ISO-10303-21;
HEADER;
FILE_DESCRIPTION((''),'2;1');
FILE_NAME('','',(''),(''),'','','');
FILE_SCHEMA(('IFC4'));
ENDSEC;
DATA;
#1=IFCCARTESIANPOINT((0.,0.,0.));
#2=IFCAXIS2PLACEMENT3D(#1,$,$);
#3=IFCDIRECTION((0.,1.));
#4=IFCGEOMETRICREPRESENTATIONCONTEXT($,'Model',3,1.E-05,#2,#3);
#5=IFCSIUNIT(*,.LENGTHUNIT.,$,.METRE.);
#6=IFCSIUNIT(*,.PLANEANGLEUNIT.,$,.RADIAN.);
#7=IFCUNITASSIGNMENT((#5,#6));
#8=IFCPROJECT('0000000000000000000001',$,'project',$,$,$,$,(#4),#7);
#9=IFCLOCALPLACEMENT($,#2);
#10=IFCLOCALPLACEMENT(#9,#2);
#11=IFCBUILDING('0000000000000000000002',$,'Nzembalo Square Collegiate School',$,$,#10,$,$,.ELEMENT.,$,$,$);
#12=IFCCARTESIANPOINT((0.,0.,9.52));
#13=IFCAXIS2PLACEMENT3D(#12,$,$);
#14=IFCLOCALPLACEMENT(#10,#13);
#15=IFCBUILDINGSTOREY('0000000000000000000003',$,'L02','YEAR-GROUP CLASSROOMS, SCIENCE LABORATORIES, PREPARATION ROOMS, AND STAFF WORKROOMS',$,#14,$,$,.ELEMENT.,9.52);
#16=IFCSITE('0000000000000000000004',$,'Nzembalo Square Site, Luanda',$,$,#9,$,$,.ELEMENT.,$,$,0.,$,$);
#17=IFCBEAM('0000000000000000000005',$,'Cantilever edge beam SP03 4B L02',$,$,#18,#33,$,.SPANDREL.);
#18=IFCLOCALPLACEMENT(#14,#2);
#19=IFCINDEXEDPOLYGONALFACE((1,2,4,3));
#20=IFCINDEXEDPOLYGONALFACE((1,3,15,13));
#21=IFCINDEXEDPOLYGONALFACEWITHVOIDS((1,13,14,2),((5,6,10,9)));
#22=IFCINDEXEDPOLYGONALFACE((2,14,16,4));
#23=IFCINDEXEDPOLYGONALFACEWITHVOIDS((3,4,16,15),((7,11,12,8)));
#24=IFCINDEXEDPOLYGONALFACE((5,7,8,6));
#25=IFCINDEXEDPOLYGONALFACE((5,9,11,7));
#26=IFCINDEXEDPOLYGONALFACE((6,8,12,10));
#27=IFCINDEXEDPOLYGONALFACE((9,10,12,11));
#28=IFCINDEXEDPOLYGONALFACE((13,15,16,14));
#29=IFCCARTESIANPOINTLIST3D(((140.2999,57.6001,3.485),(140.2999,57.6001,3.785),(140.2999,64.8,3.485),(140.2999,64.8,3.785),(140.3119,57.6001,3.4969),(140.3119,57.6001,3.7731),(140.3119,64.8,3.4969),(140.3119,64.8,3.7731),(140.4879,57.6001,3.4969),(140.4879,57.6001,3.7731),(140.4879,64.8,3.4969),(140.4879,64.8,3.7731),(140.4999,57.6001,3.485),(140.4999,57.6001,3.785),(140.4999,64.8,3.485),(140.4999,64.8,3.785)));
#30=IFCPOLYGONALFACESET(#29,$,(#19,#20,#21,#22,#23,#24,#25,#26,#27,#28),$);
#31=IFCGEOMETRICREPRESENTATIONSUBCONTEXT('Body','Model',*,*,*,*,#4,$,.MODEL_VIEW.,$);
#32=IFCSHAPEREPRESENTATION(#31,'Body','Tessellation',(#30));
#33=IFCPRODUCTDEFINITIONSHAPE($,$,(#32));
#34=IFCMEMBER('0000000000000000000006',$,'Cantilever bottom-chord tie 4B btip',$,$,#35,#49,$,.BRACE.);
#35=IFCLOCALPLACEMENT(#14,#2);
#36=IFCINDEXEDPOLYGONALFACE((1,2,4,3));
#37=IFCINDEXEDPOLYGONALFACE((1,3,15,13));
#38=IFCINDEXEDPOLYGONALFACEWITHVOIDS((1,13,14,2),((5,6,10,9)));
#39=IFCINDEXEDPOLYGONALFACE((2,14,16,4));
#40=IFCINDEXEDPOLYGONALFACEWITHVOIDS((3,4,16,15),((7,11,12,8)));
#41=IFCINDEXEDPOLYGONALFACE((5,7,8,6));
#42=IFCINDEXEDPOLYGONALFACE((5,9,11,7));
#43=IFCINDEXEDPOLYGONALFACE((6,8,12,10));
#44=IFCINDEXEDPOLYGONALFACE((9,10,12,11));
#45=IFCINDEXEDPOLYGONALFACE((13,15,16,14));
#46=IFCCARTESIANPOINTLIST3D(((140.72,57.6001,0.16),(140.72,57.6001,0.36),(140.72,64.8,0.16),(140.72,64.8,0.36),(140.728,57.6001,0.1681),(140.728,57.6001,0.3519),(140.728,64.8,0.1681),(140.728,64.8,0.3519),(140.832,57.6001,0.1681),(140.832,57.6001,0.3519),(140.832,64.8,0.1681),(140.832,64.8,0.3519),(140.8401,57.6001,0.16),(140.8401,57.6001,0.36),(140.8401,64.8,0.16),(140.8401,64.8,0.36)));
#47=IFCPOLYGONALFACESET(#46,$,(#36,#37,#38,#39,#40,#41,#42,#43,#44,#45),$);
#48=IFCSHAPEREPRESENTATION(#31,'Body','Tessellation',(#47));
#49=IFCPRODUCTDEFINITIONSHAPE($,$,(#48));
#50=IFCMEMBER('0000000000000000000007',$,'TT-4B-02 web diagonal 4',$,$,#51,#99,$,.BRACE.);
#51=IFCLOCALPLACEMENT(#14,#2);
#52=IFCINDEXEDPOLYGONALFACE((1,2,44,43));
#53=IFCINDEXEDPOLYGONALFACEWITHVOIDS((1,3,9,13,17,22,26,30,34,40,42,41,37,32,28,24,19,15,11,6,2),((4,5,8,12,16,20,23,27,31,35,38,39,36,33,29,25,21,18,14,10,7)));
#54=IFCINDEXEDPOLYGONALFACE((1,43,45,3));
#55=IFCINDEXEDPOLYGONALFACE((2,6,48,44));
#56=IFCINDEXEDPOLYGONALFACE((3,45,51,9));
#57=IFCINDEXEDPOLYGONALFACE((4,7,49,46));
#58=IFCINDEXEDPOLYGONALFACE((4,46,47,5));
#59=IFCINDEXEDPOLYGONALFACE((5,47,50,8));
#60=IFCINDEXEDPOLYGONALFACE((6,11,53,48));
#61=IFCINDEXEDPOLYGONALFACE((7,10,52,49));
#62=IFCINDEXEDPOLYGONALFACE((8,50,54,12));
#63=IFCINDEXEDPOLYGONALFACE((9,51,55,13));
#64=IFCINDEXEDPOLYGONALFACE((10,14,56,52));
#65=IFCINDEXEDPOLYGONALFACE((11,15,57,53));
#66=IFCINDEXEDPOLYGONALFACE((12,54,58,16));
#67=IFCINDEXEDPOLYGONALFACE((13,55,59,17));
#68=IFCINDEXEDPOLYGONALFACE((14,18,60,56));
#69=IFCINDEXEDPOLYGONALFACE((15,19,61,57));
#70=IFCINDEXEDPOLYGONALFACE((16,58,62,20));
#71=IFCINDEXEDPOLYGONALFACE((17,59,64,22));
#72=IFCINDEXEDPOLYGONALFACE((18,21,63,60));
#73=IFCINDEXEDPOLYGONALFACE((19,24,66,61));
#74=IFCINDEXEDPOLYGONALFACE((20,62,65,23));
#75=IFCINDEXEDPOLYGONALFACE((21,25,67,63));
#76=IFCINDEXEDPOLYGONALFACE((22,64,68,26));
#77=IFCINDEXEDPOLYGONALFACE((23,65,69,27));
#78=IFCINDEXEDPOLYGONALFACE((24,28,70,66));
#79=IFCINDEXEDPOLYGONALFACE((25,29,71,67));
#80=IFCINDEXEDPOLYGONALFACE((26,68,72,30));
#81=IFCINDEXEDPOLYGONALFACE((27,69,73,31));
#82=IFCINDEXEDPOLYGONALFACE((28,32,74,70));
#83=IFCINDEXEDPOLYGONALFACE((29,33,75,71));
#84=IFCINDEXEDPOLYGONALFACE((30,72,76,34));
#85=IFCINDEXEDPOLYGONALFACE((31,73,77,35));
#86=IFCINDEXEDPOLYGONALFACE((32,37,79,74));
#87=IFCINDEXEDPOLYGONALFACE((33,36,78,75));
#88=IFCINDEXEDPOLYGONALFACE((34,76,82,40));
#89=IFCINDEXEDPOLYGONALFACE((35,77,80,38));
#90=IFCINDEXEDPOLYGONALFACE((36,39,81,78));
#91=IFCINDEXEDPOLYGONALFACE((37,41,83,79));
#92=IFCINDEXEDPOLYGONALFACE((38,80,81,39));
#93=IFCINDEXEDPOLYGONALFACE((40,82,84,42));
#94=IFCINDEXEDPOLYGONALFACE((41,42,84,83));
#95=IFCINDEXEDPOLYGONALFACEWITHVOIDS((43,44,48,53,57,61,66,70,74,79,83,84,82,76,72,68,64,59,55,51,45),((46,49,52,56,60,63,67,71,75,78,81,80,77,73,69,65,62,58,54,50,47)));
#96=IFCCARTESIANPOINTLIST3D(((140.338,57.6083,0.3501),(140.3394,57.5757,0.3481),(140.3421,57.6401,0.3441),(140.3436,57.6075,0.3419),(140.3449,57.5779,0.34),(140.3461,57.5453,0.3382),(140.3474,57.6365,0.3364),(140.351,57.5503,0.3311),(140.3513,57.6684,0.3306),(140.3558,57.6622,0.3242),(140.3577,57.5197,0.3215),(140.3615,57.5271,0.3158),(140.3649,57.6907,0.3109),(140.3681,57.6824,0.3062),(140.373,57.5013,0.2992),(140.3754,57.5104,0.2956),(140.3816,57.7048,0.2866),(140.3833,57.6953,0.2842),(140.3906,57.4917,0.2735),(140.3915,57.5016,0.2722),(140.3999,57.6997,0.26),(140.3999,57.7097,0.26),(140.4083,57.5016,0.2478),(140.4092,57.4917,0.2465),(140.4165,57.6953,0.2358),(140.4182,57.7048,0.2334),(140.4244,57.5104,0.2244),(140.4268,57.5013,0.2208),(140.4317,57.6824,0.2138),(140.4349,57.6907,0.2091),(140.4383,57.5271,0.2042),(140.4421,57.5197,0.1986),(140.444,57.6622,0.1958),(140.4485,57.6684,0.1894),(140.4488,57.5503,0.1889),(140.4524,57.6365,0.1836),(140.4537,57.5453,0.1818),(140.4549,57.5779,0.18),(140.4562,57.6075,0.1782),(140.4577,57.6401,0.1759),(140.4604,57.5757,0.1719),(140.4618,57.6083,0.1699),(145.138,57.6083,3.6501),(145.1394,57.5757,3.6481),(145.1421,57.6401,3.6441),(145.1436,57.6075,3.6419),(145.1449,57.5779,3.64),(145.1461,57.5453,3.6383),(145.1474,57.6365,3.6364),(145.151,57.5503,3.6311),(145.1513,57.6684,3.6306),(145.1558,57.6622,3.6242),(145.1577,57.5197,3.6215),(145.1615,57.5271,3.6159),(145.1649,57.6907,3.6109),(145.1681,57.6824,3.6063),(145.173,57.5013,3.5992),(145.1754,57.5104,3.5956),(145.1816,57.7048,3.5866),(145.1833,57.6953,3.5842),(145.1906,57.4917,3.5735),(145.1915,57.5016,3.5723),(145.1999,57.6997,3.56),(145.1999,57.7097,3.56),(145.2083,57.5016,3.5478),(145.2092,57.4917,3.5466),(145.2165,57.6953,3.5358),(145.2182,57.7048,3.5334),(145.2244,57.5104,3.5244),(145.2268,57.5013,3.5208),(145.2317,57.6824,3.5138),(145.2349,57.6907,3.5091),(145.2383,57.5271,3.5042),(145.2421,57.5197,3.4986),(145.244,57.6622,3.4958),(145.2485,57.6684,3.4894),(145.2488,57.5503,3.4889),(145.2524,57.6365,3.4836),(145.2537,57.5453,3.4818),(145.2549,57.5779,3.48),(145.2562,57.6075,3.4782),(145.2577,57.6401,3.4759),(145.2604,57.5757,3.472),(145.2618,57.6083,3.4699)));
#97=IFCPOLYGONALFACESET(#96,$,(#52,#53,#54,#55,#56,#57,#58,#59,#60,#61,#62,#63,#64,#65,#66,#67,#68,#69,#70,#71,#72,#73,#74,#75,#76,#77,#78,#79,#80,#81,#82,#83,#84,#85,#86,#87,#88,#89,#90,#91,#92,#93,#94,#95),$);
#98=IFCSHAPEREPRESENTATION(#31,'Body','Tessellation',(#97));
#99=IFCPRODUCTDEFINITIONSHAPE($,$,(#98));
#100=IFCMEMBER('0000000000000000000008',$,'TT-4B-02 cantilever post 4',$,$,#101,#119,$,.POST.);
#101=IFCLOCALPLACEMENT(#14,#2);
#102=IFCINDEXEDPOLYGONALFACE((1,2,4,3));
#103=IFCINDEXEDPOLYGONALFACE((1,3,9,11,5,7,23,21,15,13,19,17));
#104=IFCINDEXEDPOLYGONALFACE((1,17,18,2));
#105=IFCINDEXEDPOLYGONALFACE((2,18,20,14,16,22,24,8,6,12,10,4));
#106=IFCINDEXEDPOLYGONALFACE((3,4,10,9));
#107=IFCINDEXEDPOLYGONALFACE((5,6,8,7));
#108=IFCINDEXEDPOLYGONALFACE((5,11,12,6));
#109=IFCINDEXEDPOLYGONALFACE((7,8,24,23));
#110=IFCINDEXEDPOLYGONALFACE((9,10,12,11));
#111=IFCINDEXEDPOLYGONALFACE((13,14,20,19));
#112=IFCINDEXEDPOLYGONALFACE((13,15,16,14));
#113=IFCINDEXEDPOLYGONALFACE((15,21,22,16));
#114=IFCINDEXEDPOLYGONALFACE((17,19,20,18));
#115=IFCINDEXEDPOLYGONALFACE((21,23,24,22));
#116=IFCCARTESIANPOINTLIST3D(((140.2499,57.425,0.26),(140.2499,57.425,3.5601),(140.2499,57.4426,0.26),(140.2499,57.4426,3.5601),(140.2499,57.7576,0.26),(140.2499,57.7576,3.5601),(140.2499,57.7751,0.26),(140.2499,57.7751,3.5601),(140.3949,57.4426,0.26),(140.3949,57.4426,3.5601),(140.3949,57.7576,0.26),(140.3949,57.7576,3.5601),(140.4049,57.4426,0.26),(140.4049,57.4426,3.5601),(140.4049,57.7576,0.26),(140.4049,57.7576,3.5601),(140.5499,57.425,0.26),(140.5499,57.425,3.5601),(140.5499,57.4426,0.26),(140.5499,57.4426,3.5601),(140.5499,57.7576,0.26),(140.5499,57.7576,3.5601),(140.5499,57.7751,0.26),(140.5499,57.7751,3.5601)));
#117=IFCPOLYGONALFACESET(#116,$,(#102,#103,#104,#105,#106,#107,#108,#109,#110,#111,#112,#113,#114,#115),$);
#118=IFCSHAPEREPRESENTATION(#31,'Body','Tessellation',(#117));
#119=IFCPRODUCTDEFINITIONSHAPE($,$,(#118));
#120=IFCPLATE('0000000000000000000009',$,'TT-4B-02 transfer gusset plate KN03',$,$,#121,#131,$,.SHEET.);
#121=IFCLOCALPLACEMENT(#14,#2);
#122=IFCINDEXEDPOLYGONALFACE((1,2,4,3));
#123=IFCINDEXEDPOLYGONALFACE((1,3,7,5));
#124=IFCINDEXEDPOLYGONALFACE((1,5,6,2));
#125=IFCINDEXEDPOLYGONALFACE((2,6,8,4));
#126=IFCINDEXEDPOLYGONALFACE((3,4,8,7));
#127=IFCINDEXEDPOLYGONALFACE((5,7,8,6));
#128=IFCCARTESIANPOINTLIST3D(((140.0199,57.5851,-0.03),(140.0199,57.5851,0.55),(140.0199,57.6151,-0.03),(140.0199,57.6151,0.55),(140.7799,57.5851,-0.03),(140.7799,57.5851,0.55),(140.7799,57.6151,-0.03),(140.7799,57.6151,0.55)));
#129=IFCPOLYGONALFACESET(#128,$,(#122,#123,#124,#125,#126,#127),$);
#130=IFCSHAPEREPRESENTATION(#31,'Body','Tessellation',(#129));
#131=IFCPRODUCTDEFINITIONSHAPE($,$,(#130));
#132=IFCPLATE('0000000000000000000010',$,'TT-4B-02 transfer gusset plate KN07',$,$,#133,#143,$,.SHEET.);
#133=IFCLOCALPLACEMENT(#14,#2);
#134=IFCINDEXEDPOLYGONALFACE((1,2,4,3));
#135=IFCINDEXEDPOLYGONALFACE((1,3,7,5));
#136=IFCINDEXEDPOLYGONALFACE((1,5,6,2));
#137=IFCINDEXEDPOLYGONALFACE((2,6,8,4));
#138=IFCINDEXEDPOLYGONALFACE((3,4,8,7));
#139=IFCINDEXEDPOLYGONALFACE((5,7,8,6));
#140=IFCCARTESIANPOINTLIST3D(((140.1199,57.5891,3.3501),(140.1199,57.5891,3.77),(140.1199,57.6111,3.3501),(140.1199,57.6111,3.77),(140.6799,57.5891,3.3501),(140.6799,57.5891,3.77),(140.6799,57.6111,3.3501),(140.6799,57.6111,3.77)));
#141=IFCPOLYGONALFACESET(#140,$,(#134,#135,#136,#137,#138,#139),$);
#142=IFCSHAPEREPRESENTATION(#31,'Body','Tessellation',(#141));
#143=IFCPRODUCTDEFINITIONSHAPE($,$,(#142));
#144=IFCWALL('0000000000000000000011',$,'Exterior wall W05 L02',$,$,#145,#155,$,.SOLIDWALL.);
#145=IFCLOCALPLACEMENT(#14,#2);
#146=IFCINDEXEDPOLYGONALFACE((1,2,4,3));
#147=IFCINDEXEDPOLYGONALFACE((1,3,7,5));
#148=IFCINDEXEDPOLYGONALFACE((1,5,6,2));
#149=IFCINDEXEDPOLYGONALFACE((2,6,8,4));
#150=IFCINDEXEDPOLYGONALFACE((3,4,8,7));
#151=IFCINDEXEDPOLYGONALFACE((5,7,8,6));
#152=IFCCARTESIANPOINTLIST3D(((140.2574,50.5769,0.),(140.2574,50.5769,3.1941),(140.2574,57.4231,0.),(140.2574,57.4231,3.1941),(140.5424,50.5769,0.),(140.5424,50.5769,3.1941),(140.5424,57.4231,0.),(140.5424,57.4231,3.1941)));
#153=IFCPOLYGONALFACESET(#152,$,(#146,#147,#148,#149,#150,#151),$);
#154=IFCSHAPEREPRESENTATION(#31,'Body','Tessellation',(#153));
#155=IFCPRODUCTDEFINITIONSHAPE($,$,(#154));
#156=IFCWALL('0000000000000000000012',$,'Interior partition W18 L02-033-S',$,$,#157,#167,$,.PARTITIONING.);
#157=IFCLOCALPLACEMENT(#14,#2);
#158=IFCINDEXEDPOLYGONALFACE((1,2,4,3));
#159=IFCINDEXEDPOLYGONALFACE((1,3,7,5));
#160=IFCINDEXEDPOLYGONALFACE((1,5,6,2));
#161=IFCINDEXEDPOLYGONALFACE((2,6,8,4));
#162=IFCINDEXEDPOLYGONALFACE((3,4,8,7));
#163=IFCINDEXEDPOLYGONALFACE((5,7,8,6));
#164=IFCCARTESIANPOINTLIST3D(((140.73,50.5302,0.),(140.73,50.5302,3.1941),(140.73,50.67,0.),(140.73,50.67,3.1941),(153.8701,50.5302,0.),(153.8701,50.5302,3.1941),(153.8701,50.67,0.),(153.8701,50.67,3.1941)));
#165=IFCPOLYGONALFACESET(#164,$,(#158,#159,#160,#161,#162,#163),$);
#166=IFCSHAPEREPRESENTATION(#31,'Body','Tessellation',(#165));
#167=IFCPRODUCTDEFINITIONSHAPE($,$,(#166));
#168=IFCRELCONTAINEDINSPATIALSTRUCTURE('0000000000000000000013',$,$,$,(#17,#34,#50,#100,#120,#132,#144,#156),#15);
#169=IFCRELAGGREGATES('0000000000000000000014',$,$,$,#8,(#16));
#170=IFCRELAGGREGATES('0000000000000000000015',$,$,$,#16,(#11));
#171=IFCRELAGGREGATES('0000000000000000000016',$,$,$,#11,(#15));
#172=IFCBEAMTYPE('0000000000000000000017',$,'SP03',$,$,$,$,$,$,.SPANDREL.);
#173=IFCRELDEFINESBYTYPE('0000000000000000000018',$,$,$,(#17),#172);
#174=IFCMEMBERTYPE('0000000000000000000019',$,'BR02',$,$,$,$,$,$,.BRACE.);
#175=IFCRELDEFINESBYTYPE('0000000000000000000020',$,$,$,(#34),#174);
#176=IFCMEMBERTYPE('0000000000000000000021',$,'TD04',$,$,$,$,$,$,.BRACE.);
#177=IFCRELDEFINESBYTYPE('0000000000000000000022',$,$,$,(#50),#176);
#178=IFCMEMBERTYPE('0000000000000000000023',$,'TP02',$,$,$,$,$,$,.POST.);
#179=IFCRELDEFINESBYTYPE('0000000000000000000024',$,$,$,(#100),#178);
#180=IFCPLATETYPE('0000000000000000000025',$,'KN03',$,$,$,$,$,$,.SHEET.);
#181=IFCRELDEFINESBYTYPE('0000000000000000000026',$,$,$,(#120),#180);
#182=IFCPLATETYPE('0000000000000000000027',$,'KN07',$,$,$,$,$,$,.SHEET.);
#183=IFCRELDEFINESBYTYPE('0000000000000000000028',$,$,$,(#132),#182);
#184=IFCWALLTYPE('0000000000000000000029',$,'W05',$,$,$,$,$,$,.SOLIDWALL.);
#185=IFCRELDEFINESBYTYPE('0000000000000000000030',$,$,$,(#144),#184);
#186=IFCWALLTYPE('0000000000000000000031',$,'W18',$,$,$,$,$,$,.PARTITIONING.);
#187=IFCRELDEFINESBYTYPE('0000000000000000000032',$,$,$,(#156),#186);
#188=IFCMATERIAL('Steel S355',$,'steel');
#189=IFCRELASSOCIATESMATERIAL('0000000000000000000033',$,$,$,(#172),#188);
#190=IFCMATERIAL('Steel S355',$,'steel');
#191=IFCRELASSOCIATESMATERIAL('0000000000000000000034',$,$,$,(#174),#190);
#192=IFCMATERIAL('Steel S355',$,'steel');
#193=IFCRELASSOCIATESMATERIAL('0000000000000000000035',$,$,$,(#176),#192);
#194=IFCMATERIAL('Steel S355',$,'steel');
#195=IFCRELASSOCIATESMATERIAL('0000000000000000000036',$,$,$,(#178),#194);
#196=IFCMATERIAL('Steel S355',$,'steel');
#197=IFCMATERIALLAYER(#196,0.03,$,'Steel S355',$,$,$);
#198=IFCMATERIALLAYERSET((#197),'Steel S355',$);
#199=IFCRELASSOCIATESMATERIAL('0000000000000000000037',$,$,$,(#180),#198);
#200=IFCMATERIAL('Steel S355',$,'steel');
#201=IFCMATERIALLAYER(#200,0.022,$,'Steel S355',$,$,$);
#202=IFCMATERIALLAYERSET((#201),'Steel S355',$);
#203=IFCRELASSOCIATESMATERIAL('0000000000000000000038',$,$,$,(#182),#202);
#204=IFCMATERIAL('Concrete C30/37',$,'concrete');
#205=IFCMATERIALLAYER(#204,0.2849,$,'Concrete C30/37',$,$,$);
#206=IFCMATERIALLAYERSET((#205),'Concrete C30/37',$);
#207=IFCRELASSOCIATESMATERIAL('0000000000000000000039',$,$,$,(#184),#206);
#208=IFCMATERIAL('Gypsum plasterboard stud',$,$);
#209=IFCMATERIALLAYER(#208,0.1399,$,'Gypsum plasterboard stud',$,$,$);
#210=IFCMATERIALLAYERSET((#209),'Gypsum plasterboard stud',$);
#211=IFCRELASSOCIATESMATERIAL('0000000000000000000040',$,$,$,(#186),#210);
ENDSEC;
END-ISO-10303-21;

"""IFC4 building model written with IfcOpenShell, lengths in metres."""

from ifc_helpers import new_model, si_unit, direction, frame, frame_2d, origin, origin_2d, place, context, subcontext, project, spatial, rectangle, hollow_rectangle, hollow_circle, i_section, extrude, material, layer, layer_set, material_profile, profile_set, type_object, element, save


model = new_model("IFC4")

# Units and contexts
model_context = context("Model", 3, precision=1e-05, world=origin(), true_north=direction((0.0, 1.0)))
body_context = subcontext(model_context, "Body", "Model", "MODEL_VIEW")
ifc_project = project(units=[si_unit("LENGTHUNIT", "METRE"), si_unit("PLANEANGLEUNIT", "RADIAN")], contexts=[model_context])

# Site, building, storey
site_placement = place(None, origin())
site = spatial("IfcSite", under=ifc_project, at=site_placement, Name="Nzembalo Square Site, Luanda", CompositionType="ELEMENT", RefElevation=0.0)
building_placement = place(site_placement, origin())
building = spatial("IfcBuilding", under=site, at=building_placement, Name="Nzembalo Square Collegiate School", CompositionType="ELEMENT")
storey_placement = place(building_placement, frame((0.0, 0.0, 9.52)))
storey = spatial("IfcBuildingStorey", under=building, at=storey_placement, Name="L02", Description="YEAR-GROUP CLASSROOMS, SCIENCE LABORATORIES, PREPARATION ROOMS, AND STAFF WORKROOMS", CompositionType="ELEMENT", Elevation=9.52)

# Beam
ifc_material_1 = material(Name="Steel S355", Category="steel")
ifc_material_profile_1 = material_profile(ifc_material_1, hollow_rectangle(XDim=0.2, YDim=0.3, WallThickness=0.012, at=origin_2d()), Name="RHS 300x200x12")
ifc_profile_set_1 = profile_set([ifc_material_profile_1], Name="Steel S355")
beam_type = type_object("IfcBeamType", Name="SP03", PredefinedType="SPANDREL", material=ifc_profile_set_1)
beam_placement = place(storey_placement, frame((140.3999, 57.6001, 3.635), z_axis=(0.0, 1.0, 0.0), x_axis=(-1.0, 0.0, 0.0)))
element("IfcBeam", 1, at=beam_placement, inside=storey, type_object=beam_type, Name="Cantilever edge beam SP03 4B L02", PredefinedType="SPANDREL", context=body_context, shape_type="SweptSolid", body=[
    extrude(hollow_rectangle(XDim=0.2, YDim=0.3, WallThickness=0.012, at=origin_2d()), origin(), (0.0, 0.0, 1.0), 7.2),
])

# Members
ifc_material_2 = material(Name="Steel S355", Category="steel")
ifc_material_profile_2 = material_profile(ifc_material_2, hollow_rectangle(XDim=0.1201, YDim=0.2, WallThickness=0.0081, at=origin_2d()), Name="RHS 200x120x8")
ifc_profile_set_2 = profile_set([ifc_material_profile_2], Name="Steel S355")
member_type_1 = type_object("IfcMemberType", Name="BR02", PredefinedType="BRACE", material=ifc_profile_set_2)
member_1_placement = place(storey_placement, frame((140.78, 57.6001, 0.26), z_axis=(0.0, 1.0, 0.0), x_axis=(-1.0, 0.0, 0.0)))
element("IfcMember", 2, at=member_1_placement, inside=storey, type_object=member_type_1, Name="Cantilever bottom-chord tie 4B btip", PredefinedType="BRACE", context=body_context, shape_type="SweptSolid", body=[
    extrude(hollow_rectangle(XDim=0.1201, YDim=0.2, WallThickness=0.0081, at=origin_2d()), origin(), (0.0, 0.0, 1.0), 7.2),
])
ifc_material_3 = material(Name="Steel S355", Category="steel")
ifc_material_profile_3 = material_profile(ifc_material_3, hollow_circle(Radius=0.1096, WallThickness=0.01, at=origin_2d()), Name="CHS 219x10")
ifc_profile_set_3 = profile_set([ifc_material_profile_3], Name="Steel S355")
member_type_2 = type_object("IfcMemberType", Name="TD04", PredefinedType="BRACE", material=ifc_profile_set_3)
member_2_placement = place(storey_placement, frame((140.3999, 57.6001, 0.26), z_axis=(0.824041, 0.0, 0.566531), x_axis=(0.0, 1.0, 0.0)))
element("IfcMember", 3, at=member_2_placement, inside=storey, type_object=member_type_2, Name="TT-4B-02 web diagonal 4", PredefinedType="BRACE", context=body_context, shape_type="SweptSolid", body=[
    extrude(hollow_circle(Radius=0.1096, WallThickness=0.01, at=origin_2d()), origin(), (0.0, 0.0, 1.0), 5.825),
])
ifc_material_4 = material(Name="Steel S355", Category="steel")
ifc_material_profile_4 = material_profile(ifc_material_4, i_section(OverallWidth=0.3, OverallDepth=0.3501, WebThickness=0.01, FlangeThickness=0.0176, at=origin_2d()), Name="HEA 360")
ifc_profile_set_4 = profile_set([ifc_material_profile_4], Name="Steel S355")
member_type_3 = type_object("IfcMemberType", Name="TP02", PredefinedType="POST", material=ifc_profile_set_4)
member_3_placement = place(storey_placement, frame((140.3999, 57.6001, 0.26), z_axis=(0.0, 0.0, 1.0), x_axis=(1.0, 0.0, 0.0)))
element("IfcMember", 4, at=member_3_placement, inside=storey, type_object=member_type_3, Name="TT-4B-02 cantilever post 4", PredefinedType="POST", context=body_context, shape_type="SweptSolid", body=[
    extrude(i_section(OverallWidth=0.3, OverallDepth=0.3501, WebThickness=0.01, FlangeThickness=0.0176, at=origin_2d()), origin(), (0.0, 0.0, 1.0), 3.3),
])

# Plates
ifc_material_5 = material(Name="Steel S355", Category="steel")
ifc_layer_1 = layer(ifc_material_5, 0.03, Name="Steel S355")
ifc_layer_set_1 = layer_set([ifc_layer_1], Name="Steel S355")
plate_type_1 = type_object("IfcPlateType", Name="KN03", PredefinedType="SHEET", material=ifc_layer_set_1)
plate_1_placement = place(storey_placement, frame((140.3999, 57.6001, -0.03), z_axis=(0.0, 0.0, 1.0), x_axis=(1.0, 0.0, 0.0)))
element("IfcPlate", 5, at=plate_1_placement, inside=storey, type_object=plate_type_1, Name="TT-4B-02 transfer gusset plate KN03", PredefinedType="SHEET", context=body_context, shape_type="SweptSolid", body=[
    extrude(rectangle(XDim=0.76, YDim=0.03, at=origin_2d()), origin(), (0.0, 0.0, 1.0), 0.5801),
])
ifc_material_6 = material(Name="Steel S355", Category="steel")
ifc_layer_2 = layer(ifc_material_6, 0.022, Name="Steel S355")
ifc_layer_set_2 = layer_set([ifc_layer_2], Name="Steel S355")
plate_type_2 = type_object("IfcPlateType", Name="KN07", PredefinedType="SHEET", material=ifc_layer_set_2)
plate_2_placement = place(storey_placement, frame((140.3999, 57.6001, 3.3501), z_axis=(0.0, 0.0, 1.0), x_axis=(1.0, 0.0, 0.0)))
element("IfcPlate", 6, at=plate_2_placement, inside=storey, type_object=plate_type_2, Name="TT-4B-02 transfer gusset plate KN07", PredefinedType="SHEET", context=body_context, shape_type="SweptSolid", body=[
    extrude(rectangle(XDim=0.5601, YDim=0.022, at=origin_2d()), origin(), (0.0, 0.0, 1.0), 0.4199),
])

# Walls
ifc_material_7 = material(Name="Concrete C30/37", Category="concrete")
ifc_layer_3 = layer(ifc_material_7, 0.2849, Name="Concrete C30/37")
ifc_layer_set_3 = layer_set([ifc_layer_3], Name="Concrete C30/37")
wall_type_1 = type_object("IfcWallType", Name="W05", PredefinedType="SOLIDWALL", material=ifc_layer_set_3)
wall_1_placement = place(storey_placement, frame((140.3999, 50.5769, 0.0), z_axis=(0.0, 0.0, 1.0), x_axis=(0.0, 1.0, 0.0)))
element("IfcWall", 7, at=wall_1_placement, inside=storey, type_object=wall_type_1, Name="Exterior wall W05 L02", PredefinedType="SOLIDWALL", context=body_context, shape_type="SweptSolid", body=[
    extrude(rectangle(XDim=6.8462, YDim=0.2849, at=frame_2d((3.4231, 0.0))), origin(), (0.0, 0.0, 1.0), 3.1941),
])
ifc_material_8 = material(Name="Gypsum plasterboard stud")
ifc_layer_4 = layer(ifc_material_8, 0.1399, Name="Gypsum plasterboard stud")
ifc_layer_set_4 = layer_set([ifc_layer_4], Name="Gypsum plasterboard stud")
wall_type_2 = type_object("IfcWallType", Name="W18", PredefinedType="PARTITIONING", material=ifc_layer_set_4)
wall_2_placement = place(storey_placement, frame((140.73, 50.6001, 0.0), z_axis=(0.0, 0.0, 1.0), x_axis=(1.0, 0.0, 0.0)))
element("IfcWall", 8, at=wall_2_placement, inside=storey, type_object=wall_type_2, Name="Interior partition W18 L02-033-S", PredefinedType="PARTITIONING", context=body_context, shape_type="SweptSolid", body=[
    extrude(rectangle(XDim=13.1401, YDim=0.1399, at=frame_2d((6.5701, 0.0))), origin(), (0.0, 0.0, 1.0), 3.1941),
])

save(model, "model.ifc")
